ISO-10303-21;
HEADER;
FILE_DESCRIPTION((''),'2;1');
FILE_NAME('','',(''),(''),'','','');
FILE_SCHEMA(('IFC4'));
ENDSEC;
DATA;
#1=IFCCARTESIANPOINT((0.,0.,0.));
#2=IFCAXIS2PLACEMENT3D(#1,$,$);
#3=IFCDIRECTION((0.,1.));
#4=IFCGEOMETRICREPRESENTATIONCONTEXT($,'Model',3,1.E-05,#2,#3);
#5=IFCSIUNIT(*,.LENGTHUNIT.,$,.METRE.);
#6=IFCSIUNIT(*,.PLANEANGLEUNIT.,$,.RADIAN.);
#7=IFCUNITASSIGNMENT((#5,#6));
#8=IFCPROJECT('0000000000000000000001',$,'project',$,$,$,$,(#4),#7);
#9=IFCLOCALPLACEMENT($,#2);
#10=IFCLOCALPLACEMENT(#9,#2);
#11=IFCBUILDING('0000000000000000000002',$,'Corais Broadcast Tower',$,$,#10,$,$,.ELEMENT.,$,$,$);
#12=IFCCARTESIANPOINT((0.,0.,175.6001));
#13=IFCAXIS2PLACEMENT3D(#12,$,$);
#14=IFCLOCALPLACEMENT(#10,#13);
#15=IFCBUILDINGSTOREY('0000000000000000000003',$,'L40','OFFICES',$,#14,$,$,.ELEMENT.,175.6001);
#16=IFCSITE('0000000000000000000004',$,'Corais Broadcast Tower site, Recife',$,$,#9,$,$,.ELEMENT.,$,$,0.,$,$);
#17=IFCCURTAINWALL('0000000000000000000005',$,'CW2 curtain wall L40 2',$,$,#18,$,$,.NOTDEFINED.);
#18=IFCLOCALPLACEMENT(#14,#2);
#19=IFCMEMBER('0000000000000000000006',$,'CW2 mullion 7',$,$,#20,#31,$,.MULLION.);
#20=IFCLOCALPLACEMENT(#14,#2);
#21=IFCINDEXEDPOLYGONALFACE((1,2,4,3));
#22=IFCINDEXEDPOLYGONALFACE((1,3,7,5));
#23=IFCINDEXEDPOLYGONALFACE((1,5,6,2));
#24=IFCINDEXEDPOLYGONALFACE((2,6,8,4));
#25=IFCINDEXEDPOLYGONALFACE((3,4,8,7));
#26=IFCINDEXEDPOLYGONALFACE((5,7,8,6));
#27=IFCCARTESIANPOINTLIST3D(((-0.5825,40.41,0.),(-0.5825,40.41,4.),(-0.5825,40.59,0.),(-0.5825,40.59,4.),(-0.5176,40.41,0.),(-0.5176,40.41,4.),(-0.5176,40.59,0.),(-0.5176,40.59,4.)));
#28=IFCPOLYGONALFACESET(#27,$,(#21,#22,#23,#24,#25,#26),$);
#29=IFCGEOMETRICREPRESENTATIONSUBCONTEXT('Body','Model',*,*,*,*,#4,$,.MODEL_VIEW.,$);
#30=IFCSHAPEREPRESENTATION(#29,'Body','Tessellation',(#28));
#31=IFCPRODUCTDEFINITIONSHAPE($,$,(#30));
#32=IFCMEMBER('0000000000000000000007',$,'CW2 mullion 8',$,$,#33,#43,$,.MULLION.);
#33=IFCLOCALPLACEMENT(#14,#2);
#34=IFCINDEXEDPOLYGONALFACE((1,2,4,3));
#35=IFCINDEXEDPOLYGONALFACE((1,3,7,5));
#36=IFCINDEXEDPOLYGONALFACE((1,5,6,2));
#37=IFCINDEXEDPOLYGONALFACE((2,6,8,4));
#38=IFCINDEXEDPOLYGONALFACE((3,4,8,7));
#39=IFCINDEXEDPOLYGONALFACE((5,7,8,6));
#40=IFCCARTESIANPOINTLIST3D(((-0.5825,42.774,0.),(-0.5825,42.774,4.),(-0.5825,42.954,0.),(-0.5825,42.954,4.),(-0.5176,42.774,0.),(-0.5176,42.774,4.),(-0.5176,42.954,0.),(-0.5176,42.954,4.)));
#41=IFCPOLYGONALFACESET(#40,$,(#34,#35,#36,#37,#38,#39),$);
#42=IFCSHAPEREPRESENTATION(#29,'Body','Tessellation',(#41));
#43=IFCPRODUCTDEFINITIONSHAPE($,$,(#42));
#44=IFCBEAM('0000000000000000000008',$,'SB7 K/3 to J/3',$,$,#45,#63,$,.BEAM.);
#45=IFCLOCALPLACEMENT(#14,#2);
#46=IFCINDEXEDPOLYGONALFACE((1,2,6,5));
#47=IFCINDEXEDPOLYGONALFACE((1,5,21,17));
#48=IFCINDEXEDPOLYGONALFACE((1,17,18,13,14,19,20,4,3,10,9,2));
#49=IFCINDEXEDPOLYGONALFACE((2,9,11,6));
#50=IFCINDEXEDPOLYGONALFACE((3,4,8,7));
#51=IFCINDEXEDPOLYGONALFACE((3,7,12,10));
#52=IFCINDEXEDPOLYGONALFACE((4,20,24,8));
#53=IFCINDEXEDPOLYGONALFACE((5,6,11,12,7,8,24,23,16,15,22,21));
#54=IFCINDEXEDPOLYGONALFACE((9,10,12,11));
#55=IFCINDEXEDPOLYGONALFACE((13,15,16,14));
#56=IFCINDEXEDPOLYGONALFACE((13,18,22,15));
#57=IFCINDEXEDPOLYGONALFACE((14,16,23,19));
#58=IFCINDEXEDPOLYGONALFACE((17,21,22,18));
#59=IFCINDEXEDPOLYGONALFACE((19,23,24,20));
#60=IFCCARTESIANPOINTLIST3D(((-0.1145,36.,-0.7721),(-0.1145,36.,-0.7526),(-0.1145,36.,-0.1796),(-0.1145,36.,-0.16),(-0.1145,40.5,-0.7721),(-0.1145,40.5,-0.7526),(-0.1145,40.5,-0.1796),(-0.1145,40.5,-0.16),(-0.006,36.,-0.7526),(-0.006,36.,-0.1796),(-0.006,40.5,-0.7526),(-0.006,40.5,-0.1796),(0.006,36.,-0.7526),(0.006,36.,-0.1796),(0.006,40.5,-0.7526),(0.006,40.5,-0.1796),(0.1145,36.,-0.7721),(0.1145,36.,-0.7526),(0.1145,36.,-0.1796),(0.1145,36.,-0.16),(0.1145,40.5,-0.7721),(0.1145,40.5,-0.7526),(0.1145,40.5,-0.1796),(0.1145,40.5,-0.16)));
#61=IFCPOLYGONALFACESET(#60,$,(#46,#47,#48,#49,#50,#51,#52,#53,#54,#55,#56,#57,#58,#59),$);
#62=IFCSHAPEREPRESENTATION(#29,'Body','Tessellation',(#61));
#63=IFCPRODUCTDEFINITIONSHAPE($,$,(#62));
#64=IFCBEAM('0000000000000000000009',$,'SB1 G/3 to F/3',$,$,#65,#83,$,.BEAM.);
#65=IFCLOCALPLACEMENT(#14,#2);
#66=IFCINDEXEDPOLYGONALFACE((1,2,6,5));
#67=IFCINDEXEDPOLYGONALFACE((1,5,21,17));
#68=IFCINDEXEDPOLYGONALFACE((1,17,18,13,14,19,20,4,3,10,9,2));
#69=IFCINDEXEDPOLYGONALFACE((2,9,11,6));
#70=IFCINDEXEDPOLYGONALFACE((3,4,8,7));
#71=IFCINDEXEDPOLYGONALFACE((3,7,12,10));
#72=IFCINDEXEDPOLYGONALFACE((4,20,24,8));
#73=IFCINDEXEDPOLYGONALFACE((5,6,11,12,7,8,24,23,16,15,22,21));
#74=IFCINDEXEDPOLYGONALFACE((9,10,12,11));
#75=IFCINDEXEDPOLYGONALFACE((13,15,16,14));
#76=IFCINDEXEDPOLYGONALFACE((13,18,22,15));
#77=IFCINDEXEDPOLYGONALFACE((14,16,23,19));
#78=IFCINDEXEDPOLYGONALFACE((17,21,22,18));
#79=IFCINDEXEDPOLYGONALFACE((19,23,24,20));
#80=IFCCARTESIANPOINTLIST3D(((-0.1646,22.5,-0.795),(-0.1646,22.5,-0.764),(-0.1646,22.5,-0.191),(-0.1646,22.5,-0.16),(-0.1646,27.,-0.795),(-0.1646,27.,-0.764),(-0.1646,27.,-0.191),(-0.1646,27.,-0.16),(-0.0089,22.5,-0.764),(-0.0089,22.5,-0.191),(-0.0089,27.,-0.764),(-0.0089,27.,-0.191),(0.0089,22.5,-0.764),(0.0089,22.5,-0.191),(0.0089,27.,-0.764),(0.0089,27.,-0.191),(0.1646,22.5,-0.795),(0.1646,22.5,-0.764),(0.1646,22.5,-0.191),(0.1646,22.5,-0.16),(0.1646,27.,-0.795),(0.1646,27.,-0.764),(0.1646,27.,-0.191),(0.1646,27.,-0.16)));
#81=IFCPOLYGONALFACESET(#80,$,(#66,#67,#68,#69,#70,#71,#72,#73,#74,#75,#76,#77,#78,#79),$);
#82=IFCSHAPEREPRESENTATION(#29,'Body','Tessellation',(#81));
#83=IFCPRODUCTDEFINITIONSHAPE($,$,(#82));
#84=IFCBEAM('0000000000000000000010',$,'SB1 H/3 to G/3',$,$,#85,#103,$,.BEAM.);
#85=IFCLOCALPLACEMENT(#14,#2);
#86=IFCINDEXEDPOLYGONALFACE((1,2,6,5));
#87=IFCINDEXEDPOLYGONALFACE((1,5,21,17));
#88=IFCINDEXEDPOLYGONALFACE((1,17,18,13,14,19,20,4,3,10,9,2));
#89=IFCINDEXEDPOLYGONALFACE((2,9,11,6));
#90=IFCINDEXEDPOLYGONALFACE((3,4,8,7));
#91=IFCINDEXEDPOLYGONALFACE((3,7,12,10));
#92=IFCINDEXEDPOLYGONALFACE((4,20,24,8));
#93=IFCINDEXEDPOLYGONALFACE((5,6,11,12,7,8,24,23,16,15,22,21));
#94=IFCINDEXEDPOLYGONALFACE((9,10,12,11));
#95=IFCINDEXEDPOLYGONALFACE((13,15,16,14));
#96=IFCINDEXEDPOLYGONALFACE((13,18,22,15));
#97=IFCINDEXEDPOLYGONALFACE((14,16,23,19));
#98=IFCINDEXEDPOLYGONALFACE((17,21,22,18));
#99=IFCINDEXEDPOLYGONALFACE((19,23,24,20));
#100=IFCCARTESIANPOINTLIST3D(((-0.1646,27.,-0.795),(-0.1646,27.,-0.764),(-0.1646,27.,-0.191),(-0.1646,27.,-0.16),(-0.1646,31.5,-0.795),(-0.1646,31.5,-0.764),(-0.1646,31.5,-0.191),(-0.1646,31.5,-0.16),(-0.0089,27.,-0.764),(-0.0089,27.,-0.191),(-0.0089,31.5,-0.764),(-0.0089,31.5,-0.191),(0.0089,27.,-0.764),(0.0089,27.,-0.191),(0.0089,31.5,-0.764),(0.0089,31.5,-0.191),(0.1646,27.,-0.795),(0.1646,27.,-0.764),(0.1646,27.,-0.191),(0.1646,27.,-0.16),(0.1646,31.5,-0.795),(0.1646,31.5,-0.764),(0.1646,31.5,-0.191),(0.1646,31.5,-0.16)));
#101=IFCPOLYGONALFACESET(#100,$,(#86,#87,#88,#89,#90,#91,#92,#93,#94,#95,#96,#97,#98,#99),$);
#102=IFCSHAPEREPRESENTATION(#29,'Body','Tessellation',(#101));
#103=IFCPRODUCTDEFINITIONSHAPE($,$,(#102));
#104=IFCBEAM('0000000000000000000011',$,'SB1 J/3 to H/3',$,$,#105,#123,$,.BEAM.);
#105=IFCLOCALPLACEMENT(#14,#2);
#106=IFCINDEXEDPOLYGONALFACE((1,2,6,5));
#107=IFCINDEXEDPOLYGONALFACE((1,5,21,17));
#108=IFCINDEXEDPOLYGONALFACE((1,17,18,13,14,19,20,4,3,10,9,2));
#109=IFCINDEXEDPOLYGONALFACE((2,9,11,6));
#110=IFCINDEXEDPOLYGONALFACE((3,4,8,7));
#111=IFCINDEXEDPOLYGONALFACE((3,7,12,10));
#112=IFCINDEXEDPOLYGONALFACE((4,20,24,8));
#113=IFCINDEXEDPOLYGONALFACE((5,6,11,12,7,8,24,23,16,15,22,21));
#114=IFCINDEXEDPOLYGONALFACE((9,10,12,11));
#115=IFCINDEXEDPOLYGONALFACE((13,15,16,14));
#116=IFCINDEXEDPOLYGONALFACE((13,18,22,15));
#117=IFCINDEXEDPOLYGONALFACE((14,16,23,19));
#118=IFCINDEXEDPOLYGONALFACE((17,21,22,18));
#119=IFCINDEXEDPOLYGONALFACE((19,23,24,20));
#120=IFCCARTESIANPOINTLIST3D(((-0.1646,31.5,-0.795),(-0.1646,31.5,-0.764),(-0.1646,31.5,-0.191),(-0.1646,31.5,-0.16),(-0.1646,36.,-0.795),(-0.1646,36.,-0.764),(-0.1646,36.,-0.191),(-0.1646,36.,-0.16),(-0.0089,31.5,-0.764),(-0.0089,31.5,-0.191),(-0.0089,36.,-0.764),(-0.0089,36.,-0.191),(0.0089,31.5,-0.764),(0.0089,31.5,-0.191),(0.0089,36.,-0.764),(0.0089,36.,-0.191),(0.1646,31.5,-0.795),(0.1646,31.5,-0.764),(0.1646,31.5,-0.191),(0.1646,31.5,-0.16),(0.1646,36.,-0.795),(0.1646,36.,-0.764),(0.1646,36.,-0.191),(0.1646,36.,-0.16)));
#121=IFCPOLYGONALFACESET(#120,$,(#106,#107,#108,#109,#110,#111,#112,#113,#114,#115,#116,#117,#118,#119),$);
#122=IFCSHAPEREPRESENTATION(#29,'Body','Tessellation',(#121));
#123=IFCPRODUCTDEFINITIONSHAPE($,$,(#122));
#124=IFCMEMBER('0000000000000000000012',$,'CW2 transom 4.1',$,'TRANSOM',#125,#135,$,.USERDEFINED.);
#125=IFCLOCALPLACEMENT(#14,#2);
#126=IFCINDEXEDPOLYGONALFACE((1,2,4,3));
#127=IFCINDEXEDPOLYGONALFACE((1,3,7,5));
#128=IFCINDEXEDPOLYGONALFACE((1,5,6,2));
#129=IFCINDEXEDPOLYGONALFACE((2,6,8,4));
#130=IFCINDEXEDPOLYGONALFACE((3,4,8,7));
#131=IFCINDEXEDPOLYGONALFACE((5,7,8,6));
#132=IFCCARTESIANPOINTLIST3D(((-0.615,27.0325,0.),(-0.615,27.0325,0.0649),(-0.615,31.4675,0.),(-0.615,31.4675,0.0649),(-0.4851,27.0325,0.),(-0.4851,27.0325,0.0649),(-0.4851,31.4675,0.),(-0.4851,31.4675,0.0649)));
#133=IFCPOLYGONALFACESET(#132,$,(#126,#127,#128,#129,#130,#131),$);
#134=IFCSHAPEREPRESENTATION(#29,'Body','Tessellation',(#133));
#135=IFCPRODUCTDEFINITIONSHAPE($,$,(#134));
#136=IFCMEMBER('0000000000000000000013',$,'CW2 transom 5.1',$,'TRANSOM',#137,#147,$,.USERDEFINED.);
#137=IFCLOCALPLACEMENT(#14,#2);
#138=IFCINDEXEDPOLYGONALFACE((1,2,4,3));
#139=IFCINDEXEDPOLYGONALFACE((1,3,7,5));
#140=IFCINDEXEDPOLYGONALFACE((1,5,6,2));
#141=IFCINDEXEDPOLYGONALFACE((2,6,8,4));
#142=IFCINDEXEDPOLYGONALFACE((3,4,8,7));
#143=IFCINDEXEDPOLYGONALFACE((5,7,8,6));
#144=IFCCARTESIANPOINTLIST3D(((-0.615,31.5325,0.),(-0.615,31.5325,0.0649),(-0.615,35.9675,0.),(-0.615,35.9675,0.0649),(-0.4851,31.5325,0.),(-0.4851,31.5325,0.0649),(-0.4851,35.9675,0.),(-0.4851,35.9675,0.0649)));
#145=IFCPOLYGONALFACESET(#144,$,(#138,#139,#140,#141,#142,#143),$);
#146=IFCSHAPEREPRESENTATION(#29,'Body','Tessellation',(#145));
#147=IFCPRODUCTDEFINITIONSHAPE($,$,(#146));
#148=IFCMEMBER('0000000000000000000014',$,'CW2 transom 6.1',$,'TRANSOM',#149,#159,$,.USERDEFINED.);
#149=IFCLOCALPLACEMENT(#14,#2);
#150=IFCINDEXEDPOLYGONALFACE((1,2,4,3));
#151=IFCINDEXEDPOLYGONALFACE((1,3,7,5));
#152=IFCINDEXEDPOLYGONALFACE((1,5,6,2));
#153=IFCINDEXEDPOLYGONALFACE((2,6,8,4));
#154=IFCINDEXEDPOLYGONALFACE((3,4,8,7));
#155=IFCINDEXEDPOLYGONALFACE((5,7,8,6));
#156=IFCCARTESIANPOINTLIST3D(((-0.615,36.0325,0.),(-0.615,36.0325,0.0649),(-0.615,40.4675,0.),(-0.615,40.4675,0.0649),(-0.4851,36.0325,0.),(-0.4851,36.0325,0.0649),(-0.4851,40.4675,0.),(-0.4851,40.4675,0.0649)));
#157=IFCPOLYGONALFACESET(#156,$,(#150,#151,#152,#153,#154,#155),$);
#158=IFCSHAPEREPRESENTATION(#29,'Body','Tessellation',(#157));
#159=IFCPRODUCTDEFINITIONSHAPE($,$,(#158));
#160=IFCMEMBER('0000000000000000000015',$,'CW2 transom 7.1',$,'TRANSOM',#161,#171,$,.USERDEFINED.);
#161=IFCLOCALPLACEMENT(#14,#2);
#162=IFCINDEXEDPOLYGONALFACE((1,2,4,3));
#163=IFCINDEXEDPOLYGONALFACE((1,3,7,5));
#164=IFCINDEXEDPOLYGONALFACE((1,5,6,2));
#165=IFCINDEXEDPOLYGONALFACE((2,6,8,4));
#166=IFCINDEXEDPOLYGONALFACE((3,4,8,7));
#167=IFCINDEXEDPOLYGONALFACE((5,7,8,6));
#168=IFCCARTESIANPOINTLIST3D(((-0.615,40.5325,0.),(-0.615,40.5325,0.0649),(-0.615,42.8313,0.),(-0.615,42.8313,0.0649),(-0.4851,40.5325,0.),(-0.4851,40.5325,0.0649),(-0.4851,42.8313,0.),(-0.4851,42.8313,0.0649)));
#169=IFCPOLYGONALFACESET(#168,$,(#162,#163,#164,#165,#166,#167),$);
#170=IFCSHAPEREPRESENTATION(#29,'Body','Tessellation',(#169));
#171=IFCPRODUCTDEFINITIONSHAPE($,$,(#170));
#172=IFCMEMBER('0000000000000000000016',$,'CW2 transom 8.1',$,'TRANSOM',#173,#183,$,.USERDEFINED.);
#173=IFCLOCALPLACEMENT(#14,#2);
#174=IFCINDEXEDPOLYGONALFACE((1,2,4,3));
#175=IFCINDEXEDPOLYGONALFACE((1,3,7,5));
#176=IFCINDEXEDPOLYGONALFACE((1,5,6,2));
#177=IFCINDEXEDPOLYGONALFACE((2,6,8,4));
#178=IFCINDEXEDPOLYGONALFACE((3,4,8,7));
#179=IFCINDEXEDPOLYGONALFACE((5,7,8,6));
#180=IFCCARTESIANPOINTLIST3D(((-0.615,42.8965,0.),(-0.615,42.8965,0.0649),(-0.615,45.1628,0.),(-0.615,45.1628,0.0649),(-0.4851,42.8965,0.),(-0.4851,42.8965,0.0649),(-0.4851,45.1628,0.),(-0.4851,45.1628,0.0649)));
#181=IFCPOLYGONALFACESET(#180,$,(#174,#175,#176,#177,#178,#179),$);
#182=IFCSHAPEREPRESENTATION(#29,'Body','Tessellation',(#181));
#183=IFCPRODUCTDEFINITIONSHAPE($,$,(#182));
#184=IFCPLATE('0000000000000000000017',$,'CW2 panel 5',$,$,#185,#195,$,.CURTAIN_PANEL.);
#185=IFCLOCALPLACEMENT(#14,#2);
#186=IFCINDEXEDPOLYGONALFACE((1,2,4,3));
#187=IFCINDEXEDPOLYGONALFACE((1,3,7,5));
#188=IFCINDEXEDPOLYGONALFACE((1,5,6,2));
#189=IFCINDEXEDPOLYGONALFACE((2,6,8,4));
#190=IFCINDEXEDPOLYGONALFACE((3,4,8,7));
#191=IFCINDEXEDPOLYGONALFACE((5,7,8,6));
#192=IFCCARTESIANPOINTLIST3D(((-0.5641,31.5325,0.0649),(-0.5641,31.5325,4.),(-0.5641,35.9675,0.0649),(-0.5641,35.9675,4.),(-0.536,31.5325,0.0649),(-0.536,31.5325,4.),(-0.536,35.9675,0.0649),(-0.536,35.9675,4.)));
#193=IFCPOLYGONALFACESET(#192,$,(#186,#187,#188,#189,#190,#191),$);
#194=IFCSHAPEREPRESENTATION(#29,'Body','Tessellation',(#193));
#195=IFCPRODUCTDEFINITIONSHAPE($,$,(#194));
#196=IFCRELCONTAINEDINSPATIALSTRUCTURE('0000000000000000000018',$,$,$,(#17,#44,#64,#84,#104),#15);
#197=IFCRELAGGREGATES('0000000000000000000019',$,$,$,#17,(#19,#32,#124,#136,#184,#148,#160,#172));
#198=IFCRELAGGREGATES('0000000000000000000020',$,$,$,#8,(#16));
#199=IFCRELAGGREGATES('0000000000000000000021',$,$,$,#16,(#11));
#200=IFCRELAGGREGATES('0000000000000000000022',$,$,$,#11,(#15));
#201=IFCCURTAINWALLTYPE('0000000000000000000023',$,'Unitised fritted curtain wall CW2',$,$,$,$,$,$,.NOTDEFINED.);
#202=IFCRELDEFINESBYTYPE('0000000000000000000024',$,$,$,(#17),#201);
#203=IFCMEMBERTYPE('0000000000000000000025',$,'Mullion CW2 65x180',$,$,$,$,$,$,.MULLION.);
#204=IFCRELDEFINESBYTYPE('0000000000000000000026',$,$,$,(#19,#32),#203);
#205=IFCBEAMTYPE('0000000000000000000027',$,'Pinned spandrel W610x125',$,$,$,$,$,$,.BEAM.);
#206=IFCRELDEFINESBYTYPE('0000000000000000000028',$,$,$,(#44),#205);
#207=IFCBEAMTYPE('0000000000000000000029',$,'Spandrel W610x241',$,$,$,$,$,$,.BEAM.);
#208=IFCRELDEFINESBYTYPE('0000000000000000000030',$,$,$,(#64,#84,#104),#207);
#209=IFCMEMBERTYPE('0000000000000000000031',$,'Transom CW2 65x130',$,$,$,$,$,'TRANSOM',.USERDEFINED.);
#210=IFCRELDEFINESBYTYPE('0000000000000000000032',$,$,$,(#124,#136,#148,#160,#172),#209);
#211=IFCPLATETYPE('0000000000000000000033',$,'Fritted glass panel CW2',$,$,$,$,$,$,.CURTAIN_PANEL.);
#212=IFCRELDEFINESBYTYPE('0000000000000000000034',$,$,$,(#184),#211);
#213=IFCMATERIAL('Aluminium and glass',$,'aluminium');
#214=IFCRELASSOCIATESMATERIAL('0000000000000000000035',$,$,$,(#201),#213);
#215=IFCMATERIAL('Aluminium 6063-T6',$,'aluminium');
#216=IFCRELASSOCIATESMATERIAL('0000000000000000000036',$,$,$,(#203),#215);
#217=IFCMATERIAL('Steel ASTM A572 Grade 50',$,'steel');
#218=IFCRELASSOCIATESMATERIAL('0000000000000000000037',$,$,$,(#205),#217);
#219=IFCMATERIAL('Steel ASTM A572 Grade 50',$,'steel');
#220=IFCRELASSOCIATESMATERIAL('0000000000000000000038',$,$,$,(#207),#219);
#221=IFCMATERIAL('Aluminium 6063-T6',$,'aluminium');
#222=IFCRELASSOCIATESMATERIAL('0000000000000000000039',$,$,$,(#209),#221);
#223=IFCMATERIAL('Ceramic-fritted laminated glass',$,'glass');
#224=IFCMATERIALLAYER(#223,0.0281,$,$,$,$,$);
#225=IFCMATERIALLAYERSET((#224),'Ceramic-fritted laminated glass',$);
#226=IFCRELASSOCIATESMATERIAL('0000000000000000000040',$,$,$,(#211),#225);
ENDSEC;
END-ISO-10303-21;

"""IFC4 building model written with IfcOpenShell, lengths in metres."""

from ifc_helpers import new_model, si_unit, direction, frame, origin, origin_2d, place, context, subcontext, project, spatial, rectangle, i_section, extrude, material, layer, layer_set, material_profile, profile_set, type_object, element, aggregate, save


model = new_model("IFC4")

# Units and contexts
model_context = context("Model", 3, precision=1e-05, world=origin(), true_north=direction((0.0, 1.0)))
body_context = subcontext(model_context, "Body", "Model", "MODEL_VIEW")
ifc_project = project(units=[si_unit("LENGTHUNIT", "METRE"), si_unit("PLANEANGLEUNIT", "RADIAN")], contexts=[model_context])

# Site, building, storey
site_placement = place(None, origin())
site = spatial("IfcSite", under=ifc_project, at=site_placement, Name="Corais Broadcast Tower site, Recife", CompositionType="ELEMENT", RefElevation=0.0)
building_placement = place(site_placement, origin())
building = spatial("IfcBuilding", under=site, at=building_placement, Name="Corais Broadcast Tower", CompositionType="ELEMENT")
storey_placement = place(building_placement, frame((0.0, 0.0, 175.6001)))
storey = spatial("IfcBuildingStorey", under=building, at=storey_placement, Name="L40", Description="OFFICES", CompositionType="ELEMENT", Elevation=175.6001)

# Curtain wall, members
ifc_material_1 = material(Name="Aluminium and glass", Category="aluminium")
curtain_wall_type = type_object("IfcCurtainWallType", Name="Unitised fritted curtain wall CW2", PredefinedType="NOTDEFINED", material=ifc_material_1)
curtain_wall_placement = place(storey_placement, origin())
curtain_wall = element("IfcCurtainWall", 1, at=curtain_wall_placement, inside=storey, type_object=curtain_wall_type, Name="CW2 curtain wall L40 2", PredefinedType="NOTDEFINED")
ifc_material_2 = material(Name="Aluminium 6063-T6", Category="aluminium")
ifc_material_profile_1 = material_profile(ifc_material_2, rectangle(XDim=0.0649, YDim=0.1799, at=origin_2d()), Name="Mullion CW2 65x180")
ifc_profile_set_1 = profile_set([ifc_material_profile_1], Name="Aluminium 6063-T6")
member_type_1 = type_object("IfcMemberType", Name="Mullion CW2 65x180", PredefinedType="MULLION", material=ifc_profile_set_1)
member_1_placement = place(storey_placement, frame((-0.55, 40.5, 0.0), z_axis=(0.0, 0.0, 1.0), x_axis=(-1.0, 0.0, 0.0)))
member_1 = element("IfcMember", 2, at=member_1_placement, type_object=member_type_1, Name="CW2 mullion 7", PredefinedType="MULLION", context=body_context, shape_type="SweptSolid", body=[
    extrude(rectangle(XDim=0.0649, YDim=0.1799, at=origin_2d()), origin(), (0.0, 0.0, 1.0), 4.0),
])
member_2_placement = place(storey_placement, frame((-0.55, 42.864, 0.0), z_axis=(0.0, 0.0, 1.0), x_axis=(-1.0, 0.0, 0.0)))
member_2 = element("IfcMember", 3, at=member_2_placement, type_object=member_type_1, Name="CW2 mullion 8", PredefinedType="MULLION", context=body_context, shape_type="SweptSolid", body=[
    extrude(rectangle(XDim=0.0649, YDim=0.1799, at=origin_2d()), origin(), (0.0, 0.0, 1.0), 4.0),
])

# Beams
ifc_material_3 = material(Name="Steel ASTM A572 Grade 50", Category="steel")
ifc_material_profile_2 = material_profile(ifc_material_3, i_section(OverallWidth=0.229, OverallDepth=0.6121, WebThickness=0.012, FlangeThickness=0.0195, at=origin_2d()), Name="W610x125")
ifc_profile_set_2 = profile_set([ifc_material_profile_2], Name="Steel ASTM A572 Grade 50")
beam_type_1 = type_object("IfcBeamType", Name="Pinned spandrel W610x125", PredefinedType="BEAM", material=ifc_profile_set_2)
beam_placement = place(storey_placement, frame((0.0, 40.5, -0.4661), z_axis=(0.0, -1.0, 0.0), x_axis=(1.0, 0.0, 0.0)))
element("IfcBeam", 4, at=beam_placement, inside=storey, type_object=beam_type_1, Name="SB7 K/3 to J/3", PredefinedType="BEAM", context=body_context, shape_type="SweptSolid", body=[
    extrude(i_section(OverallWidth=0.229, OverallDepth=0.6121, WebThickness=0.012, FlangeThickness=0.0195, at=origin_2d()), origin(), (0.0, 0.0, 1.0), 4.5),
])
ifc_material_4 = material(Name="Steel ASTM A572 Grade 50", Category="steel")
ifc_material_profile_3 = material_profile(ifc_material_4, i_section(OverallWidth=0.3291, OverallDepth=0.635, WebThickness=0.0178, FlangeThickness=0.031, at=origin_2d()), Name="W610x241")
ifc_profile_set_3 = profile_set([ifc_material_profile_3], Name="Steel ASTM A572 Grade 50")
beam_type_2 = type_object("IfcBeamType", Name="Spandrel W610x241", PredefinedType="BEAM", material=ifc_profile_set_3)
for number, where, z_axis, x_axis, name in (
    (5, (0.0, 27.0, -0.4775), (0.0, -1.0, 0.0), (1.0, 0.0, 0.0), "SB1 G/3 to F/3"),
    (6, (0.0, 31.5, -0.4775), (0.0, -1.0, 0.0), (1.0, 0.0, 0.0), "SB1 H/3 to G/3"),
    (7, (0.0, 36.0, -0.4775), (0.0, -1.0, 0.0), (1.0, 0.0, 0.0), "SB1 J/3 to H/3"),
):
    element("IfcBeam", number, at=place(storey_placement, frame(where, z_axis=z_axis, x_axis=x_axis)), inside=storey, type_object=beam_type_2, Name=name, PredefinedType="BEAM", context=body_context, shape_type="SweptSolid", body=[
        extrude(i_section(OverallWidth=0.3291, OverallDepth=0.635, WebThickness=0.0178, FlangeThickness=0.031, at=origin_2d()), origin(), (0.0, 0.0, 1.0), 4.5),
    ])

# Members
ifc_material_5 = material(Name="Aluminium 6063-T6", Category="aluminium")
ifc_material_profile_4 = material_profile(ifc_material_5, rectangle(XDim=0.1299, YDim=0.0649, at=origin_2d()), Name="Transom CW2 65x130")
ifc_profile_set_4 = profile_set([ifc_material_profile_4], Name="Aluminium 6063-T6")
member_type_2 = type_object("IfcMemberType", Name="Transom CW2 65x130", ElementType="TRANSOM", PredefinedType="USERDEFINED", material=ifc_profile_set_4)
member_3_placement = place(storey_placement, frame((-0.55, 27.0325, 0.0325), z_axis=(0.0, 1.0, 0.0), x_axis=(-1.0, 0.0, 0.0)))
member_3 = element("IfcMember", 8, at=member_3_placement, type_object=member_type_2, Name="CW2 transom 4.1", ObjectType="TRANSOM", PredefinedType="USERDEFINED", context=body_context, shape_type="SweptSolid", body=[
    extrude(rectangle(XDim=0.1299, YDim=0.0649, at=origin_2d()), origin(), (0.0, 0.0, 1.0), 4.4351),
])
member_4_placement = place(storey_placement, frame((-0.55, 31.5325, 0.0325), z_axis=(0.0, 1.0, 0.0), x_axis=(-1.0, 0.0, 0.0)))
member_4 = element("IfcMember", 9, at=member_4_placement, type_object=member_type_2, Name="CW2 transom 5.1", ObjectType="TRANSOM", PredefinedType="USERDEFINED", context=body_context, shape_type="SweptSolid", body=[
    extrude(rectangle(XDim=0.1299, YDim=0.0649, at=origin_2d()), origin(), (0.0, 0.0, 1.0), 4.4351),
])
member_5_placement = place(storey_placement, frame((-0.55, 36.0325, 0.0325), z_axis=(0.0, 1.0, 0.0), x_axis=(-1.0, 0.0, 0.0)))
member_5 = element("IfcMember", 10, at=member_5_placement, type_object=member_type_2, Name="CW2 transom 6.1", ObjectType="TRANSOM", PredefinedType="USERDEFINED", context=body_context, shape_type="SweptSolid", body=[
    extrude(rectangle(XDim=0.1299, YDim=0.0649, at=origin_2d()), origin(), (0.0, 0.0, 1.0), 4.4351),
])
member_6_placement = place(storey_placement, frame((-0.55, 40.5325, 0.0325), z_axis=(0.0, 1.0, 0.0), x_axis=(-1.0, 0.0, 0.0)))
member_6 = element("IfcMember", 11, at=member_6_placement, type_object=member_type_2, Name="CW2 transom 7.1", ObjectType="TRANSOM", PredefinedType="USERDEFINED", context=body_context, shape_type="SweptSolid", body=[
    extrude(rectangle(XDim=0.1299, YDim=0.0649, at=origin_2d()), origin(), (0.0, 0.0, 1.0), 2.2988),
])
member_7_placement = place(storey_placement, frame((-0.55, 42.8965, 0.0325), z_axis=(0.0, 1.0, 0.0), x_axis=(-1.0, 0.0, 0.0)))
member_7 = element("IfcMember", 12, at=member_7_placement, type_object=member_type_2, Name="CW2 transom 8.1", ObjectType="TRANSOM", PredefinedType="USERDEFINED", context=body_context, shape_type="SweptSolid", body=[
    extrude(rectangle(XDim=0.1299, YDim=0.0649, at=origin_2d()), origin(), (0.0, 0.0, 1.0), 2.2664),
])

# Plate
ifc_material_6 = material(Name="Ceramic-fritted laminated glass", Category="glass")
ifc_layer_1 = layer(ifc_material_6, 0.0281)
ifc_layer_set_1 = layer_set([ifc_layer_1], Name="Ceramic-fritted laminated glass")
plate_type_1 = type_object("IfcPlateType", Name="Fritted glass panel CW2", PredefinedType="CURTAIN_PANEL", material=ifc_layer_set_1)
plate_1_placement = place(storey_placement, frame((-0.55, 33.75, 0.0649), z_axis=(0.0, 0.0, 1.0), x_axis=(0.0, 1.0, 0.0)))
plate_1 = element("IfcPlate", 13, at=plate_1_placement, type_object=plate_type_1, Name="CW2 panel 5", PredefinedType="CURTAIN_PANEL", context=body_context, shape_type="SweptSolid", body=[
    extrude(rectangle(XDim=4.4351, YDim=0.0281, at=origin_2d()), origin(), (0.0, 0.0, 1.0), 3.9351),
])
aggregate(curtain_wall, [member_1, member_2, member_3, member_4, plate_1, member_5, member_6, member_7])

save(model, "model.ifc")
